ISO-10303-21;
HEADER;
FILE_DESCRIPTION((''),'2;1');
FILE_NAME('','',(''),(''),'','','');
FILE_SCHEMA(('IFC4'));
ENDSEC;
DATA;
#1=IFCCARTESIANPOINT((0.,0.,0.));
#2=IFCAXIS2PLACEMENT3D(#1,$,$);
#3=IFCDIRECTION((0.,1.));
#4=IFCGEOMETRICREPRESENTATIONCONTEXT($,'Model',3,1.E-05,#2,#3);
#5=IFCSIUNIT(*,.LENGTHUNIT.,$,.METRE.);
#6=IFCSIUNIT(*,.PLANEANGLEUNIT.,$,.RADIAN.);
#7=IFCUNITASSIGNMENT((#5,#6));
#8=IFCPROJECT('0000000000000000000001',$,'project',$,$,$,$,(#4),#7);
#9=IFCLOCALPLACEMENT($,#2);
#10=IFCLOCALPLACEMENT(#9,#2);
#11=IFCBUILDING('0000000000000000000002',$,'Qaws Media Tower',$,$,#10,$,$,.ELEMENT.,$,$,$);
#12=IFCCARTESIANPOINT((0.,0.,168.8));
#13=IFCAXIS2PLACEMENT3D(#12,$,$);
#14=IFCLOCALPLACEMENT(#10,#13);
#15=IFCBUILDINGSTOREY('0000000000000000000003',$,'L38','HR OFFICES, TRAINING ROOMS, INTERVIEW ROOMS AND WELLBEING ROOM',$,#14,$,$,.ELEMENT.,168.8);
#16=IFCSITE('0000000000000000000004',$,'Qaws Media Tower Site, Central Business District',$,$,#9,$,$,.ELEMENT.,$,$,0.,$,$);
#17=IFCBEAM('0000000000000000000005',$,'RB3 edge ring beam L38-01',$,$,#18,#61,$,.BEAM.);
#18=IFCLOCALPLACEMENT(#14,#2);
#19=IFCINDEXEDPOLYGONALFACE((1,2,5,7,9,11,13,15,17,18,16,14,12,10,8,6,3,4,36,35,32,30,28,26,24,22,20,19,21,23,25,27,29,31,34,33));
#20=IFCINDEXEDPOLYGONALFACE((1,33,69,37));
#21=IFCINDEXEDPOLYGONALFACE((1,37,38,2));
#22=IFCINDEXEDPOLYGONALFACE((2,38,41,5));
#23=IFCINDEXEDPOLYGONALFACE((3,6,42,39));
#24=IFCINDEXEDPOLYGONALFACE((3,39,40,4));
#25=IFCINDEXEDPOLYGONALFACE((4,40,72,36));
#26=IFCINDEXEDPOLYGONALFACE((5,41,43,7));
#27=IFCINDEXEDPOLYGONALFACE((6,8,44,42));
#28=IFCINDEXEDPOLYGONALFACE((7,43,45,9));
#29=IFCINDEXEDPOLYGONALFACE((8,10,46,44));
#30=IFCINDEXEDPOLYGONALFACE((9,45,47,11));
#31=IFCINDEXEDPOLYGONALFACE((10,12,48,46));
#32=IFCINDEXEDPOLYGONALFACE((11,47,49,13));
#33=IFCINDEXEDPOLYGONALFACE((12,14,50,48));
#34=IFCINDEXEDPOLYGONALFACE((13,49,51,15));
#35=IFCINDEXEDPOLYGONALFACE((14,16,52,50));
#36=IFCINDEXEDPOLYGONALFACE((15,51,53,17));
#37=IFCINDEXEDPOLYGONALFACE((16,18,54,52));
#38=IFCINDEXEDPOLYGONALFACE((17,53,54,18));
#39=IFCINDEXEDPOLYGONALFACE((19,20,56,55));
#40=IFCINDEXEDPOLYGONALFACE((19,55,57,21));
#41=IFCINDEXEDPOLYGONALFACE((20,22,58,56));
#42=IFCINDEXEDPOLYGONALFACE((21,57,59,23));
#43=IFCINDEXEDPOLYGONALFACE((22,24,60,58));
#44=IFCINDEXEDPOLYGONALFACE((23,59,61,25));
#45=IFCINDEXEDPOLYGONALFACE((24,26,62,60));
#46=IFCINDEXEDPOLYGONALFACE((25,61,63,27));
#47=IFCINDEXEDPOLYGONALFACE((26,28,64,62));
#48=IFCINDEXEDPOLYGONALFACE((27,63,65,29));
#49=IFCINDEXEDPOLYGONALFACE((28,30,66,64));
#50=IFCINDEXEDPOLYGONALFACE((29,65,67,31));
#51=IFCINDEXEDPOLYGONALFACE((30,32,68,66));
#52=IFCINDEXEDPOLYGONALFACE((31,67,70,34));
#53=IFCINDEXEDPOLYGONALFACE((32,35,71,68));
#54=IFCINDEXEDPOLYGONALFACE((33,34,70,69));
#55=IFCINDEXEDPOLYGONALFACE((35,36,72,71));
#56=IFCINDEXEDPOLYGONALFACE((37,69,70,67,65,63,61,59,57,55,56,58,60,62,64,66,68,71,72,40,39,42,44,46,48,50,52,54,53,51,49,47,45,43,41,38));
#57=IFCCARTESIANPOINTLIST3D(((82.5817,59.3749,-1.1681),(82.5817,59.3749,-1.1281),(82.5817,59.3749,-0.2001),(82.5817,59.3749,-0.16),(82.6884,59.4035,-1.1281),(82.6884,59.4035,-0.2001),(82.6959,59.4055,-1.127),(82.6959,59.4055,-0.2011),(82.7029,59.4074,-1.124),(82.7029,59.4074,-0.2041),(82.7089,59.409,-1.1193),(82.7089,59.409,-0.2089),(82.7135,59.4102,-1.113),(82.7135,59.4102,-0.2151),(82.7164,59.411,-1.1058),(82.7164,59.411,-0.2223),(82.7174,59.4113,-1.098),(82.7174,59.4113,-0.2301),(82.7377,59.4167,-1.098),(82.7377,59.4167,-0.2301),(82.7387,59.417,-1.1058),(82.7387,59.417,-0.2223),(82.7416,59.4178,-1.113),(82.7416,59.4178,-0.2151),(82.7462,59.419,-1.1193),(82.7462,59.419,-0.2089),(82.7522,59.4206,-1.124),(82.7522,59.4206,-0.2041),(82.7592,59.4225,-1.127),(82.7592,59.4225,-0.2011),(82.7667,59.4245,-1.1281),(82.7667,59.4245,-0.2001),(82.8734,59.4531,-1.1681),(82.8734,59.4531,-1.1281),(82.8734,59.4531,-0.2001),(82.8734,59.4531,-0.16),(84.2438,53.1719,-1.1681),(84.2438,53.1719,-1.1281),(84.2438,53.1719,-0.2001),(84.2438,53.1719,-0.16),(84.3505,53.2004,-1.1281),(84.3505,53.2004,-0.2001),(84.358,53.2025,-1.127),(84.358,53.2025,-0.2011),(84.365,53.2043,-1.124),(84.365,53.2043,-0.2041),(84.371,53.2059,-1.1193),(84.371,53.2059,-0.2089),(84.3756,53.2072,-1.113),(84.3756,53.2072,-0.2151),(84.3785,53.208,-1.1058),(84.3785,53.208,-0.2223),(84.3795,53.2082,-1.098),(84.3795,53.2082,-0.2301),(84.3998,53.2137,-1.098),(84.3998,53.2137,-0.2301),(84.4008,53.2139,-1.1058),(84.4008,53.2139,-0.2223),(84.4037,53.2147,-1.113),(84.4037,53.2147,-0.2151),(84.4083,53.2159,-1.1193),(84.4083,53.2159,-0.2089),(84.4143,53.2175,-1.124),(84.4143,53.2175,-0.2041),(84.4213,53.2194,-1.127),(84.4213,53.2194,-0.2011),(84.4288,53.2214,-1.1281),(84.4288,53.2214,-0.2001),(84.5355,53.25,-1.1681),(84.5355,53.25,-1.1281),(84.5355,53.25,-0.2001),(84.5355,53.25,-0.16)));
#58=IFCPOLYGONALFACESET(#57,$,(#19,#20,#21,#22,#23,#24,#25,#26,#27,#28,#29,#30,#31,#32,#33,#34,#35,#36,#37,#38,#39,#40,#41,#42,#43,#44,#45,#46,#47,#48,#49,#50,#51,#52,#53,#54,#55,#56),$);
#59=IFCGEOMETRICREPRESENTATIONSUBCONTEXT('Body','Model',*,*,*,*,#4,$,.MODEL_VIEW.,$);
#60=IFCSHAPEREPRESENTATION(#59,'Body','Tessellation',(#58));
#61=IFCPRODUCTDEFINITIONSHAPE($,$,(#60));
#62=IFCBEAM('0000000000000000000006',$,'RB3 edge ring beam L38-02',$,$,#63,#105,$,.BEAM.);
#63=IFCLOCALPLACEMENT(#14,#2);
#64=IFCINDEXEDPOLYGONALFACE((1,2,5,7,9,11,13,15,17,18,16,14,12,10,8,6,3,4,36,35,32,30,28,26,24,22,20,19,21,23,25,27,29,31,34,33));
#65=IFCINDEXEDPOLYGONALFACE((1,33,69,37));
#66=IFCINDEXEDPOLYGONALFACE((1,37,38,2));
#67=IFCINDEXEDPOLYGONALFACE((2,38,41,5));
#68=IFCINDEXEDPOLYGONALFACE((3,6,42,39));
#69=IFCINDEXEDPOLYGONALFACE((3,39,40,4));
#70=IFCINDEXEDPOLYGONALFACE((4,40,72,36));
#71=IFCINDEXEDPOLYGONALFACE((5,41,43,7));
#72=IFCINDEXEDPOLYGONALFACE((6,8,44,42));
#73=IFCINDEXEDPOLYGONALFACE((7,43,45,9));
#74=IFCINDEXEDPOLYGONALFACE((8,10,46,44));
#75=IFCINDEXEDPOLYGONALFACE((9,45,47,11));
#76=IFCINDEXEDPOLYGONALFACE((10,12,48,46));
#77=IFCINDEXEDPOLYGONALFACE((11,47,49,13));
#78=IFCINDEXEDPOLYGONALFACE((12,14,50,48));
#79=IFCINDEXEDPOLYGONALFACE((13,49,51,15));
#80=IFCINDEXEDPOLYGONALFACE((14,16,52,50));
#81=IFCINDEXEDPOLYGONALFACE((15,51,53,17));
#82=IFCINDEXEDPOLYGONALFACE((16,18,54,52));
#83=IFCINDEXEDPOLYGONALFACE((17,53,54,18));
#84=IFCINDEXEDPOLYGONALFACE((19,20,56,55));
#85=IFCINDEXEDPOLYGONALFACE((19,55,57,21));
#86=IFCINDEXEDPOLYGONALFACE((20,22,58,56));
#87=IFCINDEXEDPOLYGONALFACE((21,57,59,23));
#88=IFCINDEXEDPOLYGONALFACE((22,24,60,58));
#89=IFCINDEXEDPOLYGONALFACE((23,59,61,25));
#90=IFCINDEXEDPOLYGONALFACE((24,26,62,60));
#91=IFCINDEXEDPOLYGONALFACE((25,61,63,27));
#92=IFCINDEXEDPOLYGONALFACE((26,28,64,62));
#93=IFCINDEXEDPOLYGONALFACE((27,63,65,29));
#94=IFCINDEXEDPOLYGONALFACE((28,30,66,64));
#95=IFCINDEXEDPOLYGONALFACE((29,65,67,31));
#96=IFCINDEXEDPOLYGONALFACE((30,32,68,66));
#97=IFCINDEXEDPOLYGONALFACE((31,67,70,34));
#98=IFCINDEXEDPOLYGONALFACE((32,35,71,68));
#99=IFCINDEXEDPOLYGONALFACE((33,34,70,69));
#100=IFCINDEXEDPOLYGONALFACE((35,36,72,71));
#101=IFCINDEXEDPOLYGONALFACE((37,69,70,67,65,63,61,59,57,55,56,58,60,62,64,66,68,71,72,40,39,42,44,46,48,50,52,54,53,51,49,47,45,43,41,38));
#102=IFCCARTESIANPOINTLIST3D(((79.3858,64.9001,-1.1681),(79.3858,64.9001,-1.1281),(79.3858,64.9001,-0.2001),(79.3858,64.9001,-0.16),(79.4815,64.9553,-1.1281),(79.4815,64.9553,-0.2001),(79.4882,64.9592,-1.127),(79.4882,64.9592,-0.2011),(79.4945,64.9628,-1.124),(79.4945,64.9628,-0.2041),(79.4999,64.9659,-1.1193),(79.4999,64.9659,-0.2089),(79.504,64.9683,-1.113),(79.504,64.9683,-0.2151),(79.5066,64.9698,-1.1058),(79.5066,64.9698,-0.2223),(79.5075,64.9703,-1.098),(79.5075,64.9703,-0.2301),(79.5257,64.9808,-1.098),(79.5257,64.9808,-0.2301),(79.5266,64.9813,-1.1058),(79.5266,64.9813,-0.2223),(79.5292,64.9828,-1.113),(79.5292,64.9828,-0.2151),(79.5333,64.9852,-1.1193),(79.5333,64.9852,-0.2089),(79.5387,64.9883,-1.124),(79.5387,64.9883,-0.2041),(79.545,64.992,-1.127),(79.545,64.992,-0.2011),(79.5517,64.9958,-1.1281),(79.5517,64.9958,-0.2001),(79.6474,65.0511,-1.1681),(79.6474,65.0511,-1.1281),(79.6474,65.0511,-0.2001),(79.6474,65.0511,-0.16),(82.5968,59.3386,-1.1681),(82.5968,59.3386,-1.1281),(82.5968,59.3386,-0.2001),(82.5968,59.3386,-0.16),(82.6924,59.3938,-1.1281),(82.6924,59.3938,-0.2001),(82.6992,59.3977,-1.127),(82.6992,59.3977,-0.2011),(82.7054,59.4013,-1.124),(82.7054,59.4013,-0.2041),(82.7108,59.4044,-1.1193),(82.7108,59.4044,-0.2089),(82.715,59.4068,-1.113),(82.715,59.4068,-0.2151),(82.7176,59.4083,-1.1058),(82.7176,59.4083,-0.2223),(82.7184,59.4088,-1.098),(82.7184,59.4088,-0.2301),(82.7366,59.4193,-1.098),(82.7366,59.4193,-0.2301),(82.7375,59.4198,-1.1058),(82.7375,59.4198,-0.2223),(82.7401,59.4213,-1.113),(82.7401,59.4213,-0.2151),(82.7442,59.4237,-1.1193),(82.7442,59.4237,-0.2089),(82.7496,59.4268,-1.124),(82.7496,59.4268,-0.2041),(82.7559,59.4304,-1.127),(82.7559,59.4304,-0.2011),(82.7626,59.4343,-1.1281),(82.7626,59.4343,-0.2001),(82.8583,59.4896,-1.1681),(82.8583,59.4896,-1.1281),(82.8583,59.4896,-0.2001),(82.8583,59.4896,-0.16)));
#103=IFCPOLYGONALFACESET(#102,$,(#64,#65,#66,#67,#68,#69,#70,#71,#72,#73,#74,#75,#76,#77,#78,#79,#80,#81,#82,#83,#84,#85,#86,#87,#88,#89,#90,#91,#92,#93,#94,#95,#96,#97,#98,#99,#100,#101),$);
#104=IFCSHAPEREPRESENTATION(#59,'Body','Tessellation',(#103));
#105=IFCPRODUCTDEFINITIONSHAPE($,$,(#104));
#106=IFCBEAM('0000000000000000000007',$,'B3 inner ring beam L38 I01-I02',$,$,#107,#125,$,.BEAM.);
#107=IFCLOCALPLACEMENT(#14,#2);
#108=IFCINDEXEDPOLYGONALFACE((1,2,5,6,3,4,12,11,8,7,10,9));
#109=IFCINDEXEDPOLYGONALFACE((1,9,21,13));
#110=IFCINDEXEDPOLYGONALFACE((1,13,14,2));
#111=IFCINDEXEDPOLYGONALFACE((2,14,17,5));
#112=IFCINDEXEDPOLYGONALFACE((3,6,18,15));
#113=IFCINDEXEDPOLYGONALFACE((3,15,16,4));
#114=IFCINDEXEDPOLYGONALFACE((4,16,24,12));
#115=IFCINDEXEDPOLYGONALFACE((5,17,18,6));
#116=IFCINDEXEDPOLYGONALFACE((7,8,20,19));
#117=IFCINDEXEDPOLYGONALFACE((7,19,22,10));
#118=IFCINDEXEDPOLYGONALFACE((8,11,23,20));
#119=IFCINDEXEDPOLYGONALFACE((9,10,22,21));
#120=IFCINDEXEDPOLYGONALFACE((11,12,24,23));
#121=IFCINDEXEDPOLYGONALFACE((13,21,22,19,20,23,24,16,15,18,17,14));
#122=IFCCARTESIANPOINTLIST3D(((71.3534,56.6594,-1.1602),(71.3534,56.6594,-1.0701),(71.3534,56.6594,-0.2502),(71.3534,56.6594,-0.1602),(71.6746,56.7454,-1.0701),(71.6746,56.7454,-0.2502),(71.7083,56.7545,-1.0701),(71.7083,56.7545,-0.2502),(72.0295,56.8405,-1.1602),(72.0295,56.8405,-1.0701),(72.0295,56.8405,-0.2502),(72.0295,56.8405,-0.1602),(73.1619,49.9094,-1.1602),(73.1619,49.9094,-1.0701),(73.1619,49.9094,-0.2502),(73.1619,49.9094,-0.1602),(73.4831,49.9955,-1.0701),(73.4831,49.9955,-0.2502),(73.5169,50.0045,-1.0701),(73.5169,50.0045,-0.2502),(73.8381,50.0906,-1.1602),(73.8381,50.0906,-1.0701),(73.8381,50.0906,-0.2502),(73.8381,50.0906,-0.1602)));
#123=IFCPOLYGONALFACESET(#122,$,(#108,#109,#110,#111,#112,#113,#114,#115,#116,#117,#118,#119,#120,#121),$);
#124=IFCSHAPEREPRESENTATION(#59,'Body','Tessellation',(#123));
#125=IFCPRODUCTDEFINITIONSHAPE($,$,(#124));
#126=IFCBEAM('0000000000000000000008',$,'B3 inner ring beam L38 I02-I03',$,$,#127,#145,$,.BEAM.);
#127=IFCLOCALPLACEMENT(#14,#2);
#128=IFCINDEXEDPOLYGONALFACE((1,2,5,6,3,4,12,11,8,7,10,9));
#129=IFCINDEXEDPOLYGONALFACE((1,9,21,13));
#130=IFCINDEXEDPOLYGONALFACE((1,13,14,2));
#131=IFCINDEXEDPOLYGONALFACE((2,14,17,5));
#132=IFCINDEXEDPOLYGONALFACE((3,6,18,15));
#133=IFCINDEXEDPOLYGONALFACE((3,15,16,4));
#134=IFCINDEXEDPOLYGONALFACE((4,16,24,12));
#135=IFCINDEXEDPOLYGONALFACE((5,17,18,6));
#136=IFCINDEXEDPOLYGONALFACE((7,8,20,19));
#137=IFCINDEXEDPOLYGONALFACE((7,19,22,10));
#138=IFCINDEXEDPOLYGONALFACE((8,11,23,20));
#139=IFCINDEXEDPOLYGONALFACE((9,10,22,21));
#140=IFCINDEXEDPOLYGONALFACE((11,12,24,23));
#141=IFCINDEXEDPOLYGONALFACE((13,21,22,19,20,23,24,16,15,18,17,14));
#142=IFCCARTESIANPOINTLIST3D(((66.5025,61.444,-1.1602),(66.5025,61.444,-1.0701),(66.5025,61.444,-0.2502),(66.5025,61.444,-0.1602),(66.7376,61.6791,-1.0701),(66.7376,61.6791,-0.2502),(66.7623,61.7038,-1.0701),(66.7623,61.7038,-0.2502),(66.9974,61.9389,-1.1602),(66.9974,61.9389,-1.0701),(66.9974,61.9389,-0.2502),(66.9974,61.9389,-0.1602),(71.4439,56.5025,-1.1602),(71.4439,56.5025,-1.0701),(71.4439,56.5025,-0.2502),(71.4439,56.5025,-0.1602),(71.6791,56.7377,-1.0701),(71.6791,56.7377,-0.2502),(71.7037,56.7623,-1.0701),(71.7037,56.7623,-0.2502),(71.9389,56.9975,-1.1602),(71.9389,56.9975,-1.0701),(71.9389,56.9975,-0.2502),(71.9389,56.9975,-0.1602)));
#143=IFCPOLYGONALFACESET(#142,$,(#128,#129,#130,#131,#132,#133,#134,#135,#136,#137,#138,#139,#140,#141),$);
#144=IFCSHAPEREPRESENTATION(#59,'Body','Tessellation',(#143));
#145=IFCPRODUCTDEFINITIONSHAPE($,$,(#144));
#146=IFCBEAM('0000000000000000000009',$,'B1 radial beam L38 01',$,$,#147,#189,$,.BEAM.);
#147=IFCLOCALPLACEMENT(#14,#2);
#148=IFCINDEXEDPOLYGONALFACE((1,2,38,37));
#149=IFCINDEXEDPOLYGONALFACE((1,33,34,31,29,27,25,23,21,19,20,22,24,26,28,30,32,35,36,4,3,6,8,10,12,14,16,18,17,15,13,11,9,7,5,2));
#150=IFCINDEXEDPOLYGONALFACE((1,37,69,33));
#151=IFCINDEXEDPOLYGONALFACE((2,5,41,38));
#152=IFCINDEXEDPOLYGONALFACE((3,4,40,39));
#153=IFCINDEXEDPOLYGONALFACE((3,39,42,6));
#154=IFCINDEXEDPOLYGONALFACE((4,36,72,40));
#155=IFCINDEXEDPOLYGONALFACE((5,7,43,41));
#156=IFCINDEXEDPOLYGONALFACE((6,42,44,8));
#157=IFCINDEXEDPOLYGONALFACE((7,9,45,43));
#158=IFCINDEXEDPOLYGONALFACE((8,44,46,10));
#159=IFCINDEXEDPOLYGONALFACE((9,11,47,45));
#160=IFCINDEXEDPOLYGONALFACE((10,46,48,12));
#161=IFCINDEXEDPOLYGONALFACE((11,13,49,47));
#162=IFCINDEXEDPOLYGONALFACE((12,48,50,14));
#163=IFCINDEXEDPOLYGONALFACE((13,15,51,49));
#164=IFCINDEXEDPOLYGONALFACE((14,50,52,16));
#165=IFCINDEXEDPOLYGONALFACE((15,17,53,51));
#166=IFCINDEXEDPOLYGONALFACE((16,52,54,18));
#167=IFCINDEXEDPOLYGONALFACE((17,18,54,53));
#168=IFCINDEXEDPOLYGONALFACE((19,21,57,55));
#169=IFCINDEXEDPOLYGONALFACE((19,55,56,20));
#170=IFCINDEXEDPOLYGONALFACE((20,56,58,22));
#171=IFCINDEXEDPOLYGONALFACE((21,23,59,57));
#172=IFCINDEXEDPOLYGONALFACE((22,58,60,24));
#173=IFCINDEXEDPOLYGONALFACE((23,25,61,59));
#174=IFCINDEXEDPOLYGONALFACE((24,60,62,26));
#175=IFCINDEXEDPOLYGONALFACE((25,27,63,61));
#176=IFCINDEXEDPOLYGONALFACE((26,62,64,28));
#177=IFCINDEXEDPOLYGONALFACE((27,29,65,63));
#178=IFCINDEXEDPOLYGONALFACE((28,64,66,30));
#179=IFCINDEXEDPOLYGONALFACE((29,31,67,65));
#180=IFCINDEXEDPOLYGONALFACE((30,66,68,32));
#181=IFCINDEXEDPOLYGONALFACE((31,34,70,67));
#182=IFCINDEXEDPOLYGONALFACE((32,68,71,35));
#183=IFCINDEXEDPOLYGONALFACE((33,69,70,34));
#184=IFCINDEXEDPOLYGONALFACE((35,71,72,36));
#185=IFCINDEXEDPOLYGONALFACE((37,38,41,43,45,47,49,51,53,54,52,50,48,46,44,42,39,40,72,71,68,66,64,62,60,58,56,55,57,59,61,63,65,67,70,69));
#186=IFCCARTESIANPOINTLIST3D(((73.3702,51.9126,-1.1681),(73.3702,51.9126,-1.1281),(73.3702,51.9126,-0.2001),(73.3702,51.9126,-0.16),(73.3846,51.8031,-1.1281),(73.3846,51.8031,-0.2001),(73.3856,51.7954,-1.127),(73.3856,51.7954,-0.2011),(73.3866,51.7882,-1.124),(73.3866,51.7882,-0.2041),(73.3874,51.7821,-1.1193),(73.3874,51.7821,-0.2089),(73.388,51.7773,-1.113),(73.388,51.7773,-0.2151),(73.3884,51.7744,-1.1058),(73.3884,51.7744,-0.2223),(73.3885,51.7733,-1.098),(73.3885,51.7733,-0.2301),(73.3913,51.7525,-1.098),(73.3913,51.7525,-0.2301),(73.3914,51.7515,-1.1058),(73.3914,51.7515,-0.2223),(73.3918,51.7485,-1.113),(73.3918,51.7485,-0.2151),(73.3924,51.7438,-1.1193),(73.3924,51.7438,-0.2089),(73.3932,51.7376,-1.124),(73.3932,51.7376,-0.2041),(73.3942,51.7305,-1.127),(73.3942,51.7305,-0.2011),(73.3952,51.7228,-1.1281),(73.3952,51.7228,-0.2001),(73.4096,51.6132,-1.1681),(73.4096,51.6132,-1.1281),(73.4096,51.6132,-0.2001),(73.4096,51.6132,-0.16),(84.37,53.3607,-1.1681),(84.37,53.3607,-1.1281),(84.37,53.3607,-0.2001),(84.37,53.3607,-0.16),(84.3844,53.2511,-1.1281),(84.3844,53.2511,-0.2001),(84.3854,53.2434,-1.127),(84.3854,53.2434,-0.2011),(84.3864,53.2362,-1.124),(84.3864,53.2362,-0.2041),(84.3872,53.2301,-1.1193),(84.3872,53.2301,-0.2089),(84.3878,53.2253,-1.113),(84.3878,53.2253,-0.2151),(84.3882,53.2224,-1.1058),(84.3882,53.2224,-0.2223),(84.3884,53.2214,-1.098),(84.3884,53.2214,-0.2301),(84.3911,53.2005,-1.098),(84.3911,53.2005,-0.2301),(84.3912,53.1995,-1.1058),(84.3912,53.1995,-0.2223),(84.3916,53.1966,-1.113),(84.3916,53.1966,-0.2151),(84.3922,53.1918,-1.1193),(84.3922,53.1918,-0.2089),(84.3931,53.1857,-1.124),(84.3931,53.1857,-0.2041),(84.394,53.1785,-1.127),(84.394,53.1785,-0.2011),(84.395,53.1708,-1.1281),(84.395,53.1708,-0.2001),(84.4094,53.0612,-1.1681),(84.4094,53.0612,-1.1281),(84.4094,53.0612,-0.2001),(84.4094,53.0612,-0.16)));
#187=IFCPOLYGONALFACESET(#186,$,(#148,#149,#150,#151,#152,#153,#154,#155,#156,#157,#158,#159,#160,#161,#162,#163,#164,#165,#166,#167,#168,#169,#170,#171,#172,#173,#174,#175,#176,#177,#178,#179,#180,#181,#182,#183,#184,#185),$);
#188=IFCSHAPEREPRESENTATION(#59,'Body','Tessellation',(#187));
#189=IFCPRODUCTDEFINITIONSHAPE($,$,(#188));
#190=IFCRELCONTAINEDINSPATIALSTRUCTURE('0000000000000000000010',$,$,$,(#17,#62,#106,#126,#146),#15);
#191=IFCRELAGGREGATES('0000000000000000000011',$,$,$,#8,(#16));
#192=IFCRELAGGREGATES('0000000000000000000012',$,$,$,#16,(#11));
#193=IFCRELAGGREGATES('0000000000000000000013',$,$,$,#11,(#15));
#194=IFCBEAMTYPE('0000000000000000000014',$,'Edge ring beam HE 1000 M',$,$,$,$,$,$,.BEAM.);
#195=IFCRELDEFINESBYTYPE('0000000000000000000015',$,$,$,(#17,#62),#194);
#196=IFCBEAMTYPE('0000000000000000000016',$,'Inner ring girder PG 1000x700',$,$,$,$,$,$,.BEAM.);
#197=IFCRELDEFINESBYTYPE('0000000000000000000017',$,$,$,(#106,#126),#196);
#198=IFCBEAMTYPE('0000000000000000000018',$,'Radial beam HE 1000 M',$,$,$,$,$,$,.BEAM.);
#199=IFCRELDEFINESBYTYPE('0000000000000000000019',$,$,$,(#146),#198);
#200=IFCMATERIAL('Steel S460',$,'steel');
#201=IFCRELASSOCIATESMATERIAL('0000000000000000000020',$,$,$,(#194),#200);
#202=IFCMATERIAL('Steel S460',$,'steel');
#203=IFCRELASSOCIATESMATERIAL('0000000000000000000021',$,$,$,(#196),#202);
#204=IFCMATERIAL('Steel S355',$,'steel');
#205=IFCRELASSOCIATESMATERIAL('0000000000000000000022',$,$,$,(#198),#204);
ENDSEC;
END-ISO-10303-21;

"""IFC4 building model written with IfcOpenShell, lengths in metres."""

from ifc_helpers import new_model, si_unit, direction, frame, origin, origin_2d, place, context, subcontext, project, spatial, i_section, extrude, material, material_profile, profile_set, type_object, element, save


model = new_model("IFC4")

# Units and contexts
model_context = context("Model", 3, precision=1e-05, world=origin(), true_north=direction((0.0, 1.0)))
body_context = subcontext(model_context, "Body", "Model", "MODEL_VIEW")
ifc_project = project(units=[si_unit("LENGTHUNIT", "METRE"), si_unit("PLANEANGLEUNIT", "RADIAN")], contexts=[model_context])

# Site, building, storey
site_placement = place(None, origin())
site = spatial("IfcSite", under=ifc_project, at=site_placement, Name="Qaws Media Tower Site, Central Business District", CompositionType="ELEMENT", RefElevation=0.0)
building_placement = place(site_placement, origin())
building = spatial("IfcBuilding", under=site, at=building_placement, Name="Qaws Media Tower", CompositionType="ELEMENT")
storey_placement = place(building_placement, frame((0.0, 0.0, 168.8)))
storey = spatial("IfcBuildingStorey", under=building, at=storey_placement, Name="L38", Description="HR OFFICES, TRAINING ROOMS, INTERVIEW ROOMS AND WELLBEING ROOM", CompositionType="ELEMENT", Elevation=168.8)

# Beams
ifc_material_1 = material(Name="Steel S460", Category="steel")
ifc_material_profile_1 = material_profile(ifc_material_1, i_section(OverallWidth=0.302, OverallDepth=1.0081, WebThickness=0.021, FlangeThickness=0.04, FilletRadius=0.03, at=origin_2d()), Name="HE 1000 M")
ifc_profile_set_1 = profile_set([ifc_material_profile_1], Name="Steel S460")
beam_type_1 = type_object("IfcBeamType", Name="Edge ring beam HE 1000 M", PredefinedType="BEAM", material=ifc_profile_set_1)
for number, where, z_axis, x_axis, name in (
    (1, (84.3896, 53.2109, -0.6641), (-0.258817, 0.965926, 0.0), (-0.965926, -0.258817, 0.0), "RB3 edge ring beam L38-01"),
    (2, (82.7275, 59.4141, -0.6641), (-0.499999, 0.866026, 0.0), (-0.866026, -0.499999, 0.0), "RB3 edge ring beam L38-02"),
):
    element("IfcBeam", number, at=place(storey_placement, frame(where, z_axis=z_axis, x_axis=x_axis)), inside=storey, type_object=beam_type_1, Name=name, PredefinedType="BEAM", context=body_context, shape_type="SweptSolid", body=[
        extrude(i_section(OverallWidth=0.302, OverallDepth=1.0081, WebThickness=0.021, FlangeThickness=0.04, FilletRadius=0.03, at=origin_2d()), origin(), (0.0, 0.0, 1.0), 6.4219),
    ])
ifc_material_2 = material(Name="Steel S460", Category="steel")
ifc_material_profile_2 = material_profile(ifc_material_2, i_section(OverallWidth=0.7, OverallDepth=1.0, WebThickness=0.0349, FlangeThickness=0.0901, at=origin_2d()), Name="PG 1000x700")
ifc_profile_set_2 = profile_set([ifc_material_profile_2], Name="Steel S460")
beam_type_2 = type_object("IfcBeamType", Name="Inner ring girder PG 1000x700", PredefinedType="BEAM", material=ifc_profile_set_2)
beam_1_placement = place(storey_placement, frame((73.5, 50.0, -0.6602), z_axis=(-0.258811, 0.965928, 0.0), x_axis=(-0.965928, -0.258811, 0.0)))
element("IfcBeam", 3, at=beam_1_placement, inside=storey, type_object=beam_type_2, Name="B3 inner ring beam L38 I01-I02", PredefinedType="BEAM", context=body_context, shape_type="SweptSolid", body=[
    extrude(i_section(OverallWidth=0.7, OverallDepth=1.0, WebThickness=0.0349, FlangeThickness=0.0901, at=origin_2d()), origin(), (0.0, 0.0, 1.0), 6.988),
])
beam_2_placement = place(storey_placement, frame((71.6914, 56.75, -0.6602), z_axis=(-0.707107, 0.707107, 0.0), x_axis=(-0.707107, -0.707107, 0.0)))
element("IfcBeam", 4, at=beam_2_placement, inside=storey, type_object=beam_type_2, Name="B3 inner ring beam L38 I02-I03", PredefinedType="BEAM", context=body_context, shape_type="SweptSolid", body=[
    extrude(i_section(OverallWidth=0.7, OverallDepth=1.0, WebThickness=0.0349, FlangeThickness=0.0901, at=origin_2d()), origin(), (0.0, 0.0, 1.0), 6.9883),
])
ifc_material_3 = material(Name="Steel S355", Category="steel")
ifc_material_profile_3 = material_profile(ifc_material_3, i_section(OverallWidth=0.302, OverallDepth=1.0081, WebThickness=0.021, FlangeThickness=0.04, FilletRadius=0.03, at=origin_2d()), Name="HE 1000 M")
ifc_profile_set_3 = profile_set([ifc_material_profile_3], Name="Steel S355")
beam_type_3 = type_object("IfcBeamType", Name="Radial beam HE 1000 M", PredefinedType="BEAM", material=ifc_profile_set_3)
beam_3_placement = place(storey_placement, frame((73.3899, 51.7629, -0.6641), z_axis=(0.991447, 0.130513, 0.0), x_axis=(-0.130513, 0.991447, 0.0)))
element("IfcBeam", 5, at=beam_3_placement, inside=storey, type_object=beam_type_3, Name="B1 radial beam L38 01", PredefinedType="BEAM", context=body_context, shape_type="SweptSolid", body=[
    extrude(i_section(OverallWidth=0.302, OverallDepth=1.0081, WebThickness=0.021, FlangeThickness=0.04, FilletRadius=0.03, at=origin_2d()), origin(), (0.0, 0.0, 1.0), 11.0947),
])

save(model, "model.ifc")
